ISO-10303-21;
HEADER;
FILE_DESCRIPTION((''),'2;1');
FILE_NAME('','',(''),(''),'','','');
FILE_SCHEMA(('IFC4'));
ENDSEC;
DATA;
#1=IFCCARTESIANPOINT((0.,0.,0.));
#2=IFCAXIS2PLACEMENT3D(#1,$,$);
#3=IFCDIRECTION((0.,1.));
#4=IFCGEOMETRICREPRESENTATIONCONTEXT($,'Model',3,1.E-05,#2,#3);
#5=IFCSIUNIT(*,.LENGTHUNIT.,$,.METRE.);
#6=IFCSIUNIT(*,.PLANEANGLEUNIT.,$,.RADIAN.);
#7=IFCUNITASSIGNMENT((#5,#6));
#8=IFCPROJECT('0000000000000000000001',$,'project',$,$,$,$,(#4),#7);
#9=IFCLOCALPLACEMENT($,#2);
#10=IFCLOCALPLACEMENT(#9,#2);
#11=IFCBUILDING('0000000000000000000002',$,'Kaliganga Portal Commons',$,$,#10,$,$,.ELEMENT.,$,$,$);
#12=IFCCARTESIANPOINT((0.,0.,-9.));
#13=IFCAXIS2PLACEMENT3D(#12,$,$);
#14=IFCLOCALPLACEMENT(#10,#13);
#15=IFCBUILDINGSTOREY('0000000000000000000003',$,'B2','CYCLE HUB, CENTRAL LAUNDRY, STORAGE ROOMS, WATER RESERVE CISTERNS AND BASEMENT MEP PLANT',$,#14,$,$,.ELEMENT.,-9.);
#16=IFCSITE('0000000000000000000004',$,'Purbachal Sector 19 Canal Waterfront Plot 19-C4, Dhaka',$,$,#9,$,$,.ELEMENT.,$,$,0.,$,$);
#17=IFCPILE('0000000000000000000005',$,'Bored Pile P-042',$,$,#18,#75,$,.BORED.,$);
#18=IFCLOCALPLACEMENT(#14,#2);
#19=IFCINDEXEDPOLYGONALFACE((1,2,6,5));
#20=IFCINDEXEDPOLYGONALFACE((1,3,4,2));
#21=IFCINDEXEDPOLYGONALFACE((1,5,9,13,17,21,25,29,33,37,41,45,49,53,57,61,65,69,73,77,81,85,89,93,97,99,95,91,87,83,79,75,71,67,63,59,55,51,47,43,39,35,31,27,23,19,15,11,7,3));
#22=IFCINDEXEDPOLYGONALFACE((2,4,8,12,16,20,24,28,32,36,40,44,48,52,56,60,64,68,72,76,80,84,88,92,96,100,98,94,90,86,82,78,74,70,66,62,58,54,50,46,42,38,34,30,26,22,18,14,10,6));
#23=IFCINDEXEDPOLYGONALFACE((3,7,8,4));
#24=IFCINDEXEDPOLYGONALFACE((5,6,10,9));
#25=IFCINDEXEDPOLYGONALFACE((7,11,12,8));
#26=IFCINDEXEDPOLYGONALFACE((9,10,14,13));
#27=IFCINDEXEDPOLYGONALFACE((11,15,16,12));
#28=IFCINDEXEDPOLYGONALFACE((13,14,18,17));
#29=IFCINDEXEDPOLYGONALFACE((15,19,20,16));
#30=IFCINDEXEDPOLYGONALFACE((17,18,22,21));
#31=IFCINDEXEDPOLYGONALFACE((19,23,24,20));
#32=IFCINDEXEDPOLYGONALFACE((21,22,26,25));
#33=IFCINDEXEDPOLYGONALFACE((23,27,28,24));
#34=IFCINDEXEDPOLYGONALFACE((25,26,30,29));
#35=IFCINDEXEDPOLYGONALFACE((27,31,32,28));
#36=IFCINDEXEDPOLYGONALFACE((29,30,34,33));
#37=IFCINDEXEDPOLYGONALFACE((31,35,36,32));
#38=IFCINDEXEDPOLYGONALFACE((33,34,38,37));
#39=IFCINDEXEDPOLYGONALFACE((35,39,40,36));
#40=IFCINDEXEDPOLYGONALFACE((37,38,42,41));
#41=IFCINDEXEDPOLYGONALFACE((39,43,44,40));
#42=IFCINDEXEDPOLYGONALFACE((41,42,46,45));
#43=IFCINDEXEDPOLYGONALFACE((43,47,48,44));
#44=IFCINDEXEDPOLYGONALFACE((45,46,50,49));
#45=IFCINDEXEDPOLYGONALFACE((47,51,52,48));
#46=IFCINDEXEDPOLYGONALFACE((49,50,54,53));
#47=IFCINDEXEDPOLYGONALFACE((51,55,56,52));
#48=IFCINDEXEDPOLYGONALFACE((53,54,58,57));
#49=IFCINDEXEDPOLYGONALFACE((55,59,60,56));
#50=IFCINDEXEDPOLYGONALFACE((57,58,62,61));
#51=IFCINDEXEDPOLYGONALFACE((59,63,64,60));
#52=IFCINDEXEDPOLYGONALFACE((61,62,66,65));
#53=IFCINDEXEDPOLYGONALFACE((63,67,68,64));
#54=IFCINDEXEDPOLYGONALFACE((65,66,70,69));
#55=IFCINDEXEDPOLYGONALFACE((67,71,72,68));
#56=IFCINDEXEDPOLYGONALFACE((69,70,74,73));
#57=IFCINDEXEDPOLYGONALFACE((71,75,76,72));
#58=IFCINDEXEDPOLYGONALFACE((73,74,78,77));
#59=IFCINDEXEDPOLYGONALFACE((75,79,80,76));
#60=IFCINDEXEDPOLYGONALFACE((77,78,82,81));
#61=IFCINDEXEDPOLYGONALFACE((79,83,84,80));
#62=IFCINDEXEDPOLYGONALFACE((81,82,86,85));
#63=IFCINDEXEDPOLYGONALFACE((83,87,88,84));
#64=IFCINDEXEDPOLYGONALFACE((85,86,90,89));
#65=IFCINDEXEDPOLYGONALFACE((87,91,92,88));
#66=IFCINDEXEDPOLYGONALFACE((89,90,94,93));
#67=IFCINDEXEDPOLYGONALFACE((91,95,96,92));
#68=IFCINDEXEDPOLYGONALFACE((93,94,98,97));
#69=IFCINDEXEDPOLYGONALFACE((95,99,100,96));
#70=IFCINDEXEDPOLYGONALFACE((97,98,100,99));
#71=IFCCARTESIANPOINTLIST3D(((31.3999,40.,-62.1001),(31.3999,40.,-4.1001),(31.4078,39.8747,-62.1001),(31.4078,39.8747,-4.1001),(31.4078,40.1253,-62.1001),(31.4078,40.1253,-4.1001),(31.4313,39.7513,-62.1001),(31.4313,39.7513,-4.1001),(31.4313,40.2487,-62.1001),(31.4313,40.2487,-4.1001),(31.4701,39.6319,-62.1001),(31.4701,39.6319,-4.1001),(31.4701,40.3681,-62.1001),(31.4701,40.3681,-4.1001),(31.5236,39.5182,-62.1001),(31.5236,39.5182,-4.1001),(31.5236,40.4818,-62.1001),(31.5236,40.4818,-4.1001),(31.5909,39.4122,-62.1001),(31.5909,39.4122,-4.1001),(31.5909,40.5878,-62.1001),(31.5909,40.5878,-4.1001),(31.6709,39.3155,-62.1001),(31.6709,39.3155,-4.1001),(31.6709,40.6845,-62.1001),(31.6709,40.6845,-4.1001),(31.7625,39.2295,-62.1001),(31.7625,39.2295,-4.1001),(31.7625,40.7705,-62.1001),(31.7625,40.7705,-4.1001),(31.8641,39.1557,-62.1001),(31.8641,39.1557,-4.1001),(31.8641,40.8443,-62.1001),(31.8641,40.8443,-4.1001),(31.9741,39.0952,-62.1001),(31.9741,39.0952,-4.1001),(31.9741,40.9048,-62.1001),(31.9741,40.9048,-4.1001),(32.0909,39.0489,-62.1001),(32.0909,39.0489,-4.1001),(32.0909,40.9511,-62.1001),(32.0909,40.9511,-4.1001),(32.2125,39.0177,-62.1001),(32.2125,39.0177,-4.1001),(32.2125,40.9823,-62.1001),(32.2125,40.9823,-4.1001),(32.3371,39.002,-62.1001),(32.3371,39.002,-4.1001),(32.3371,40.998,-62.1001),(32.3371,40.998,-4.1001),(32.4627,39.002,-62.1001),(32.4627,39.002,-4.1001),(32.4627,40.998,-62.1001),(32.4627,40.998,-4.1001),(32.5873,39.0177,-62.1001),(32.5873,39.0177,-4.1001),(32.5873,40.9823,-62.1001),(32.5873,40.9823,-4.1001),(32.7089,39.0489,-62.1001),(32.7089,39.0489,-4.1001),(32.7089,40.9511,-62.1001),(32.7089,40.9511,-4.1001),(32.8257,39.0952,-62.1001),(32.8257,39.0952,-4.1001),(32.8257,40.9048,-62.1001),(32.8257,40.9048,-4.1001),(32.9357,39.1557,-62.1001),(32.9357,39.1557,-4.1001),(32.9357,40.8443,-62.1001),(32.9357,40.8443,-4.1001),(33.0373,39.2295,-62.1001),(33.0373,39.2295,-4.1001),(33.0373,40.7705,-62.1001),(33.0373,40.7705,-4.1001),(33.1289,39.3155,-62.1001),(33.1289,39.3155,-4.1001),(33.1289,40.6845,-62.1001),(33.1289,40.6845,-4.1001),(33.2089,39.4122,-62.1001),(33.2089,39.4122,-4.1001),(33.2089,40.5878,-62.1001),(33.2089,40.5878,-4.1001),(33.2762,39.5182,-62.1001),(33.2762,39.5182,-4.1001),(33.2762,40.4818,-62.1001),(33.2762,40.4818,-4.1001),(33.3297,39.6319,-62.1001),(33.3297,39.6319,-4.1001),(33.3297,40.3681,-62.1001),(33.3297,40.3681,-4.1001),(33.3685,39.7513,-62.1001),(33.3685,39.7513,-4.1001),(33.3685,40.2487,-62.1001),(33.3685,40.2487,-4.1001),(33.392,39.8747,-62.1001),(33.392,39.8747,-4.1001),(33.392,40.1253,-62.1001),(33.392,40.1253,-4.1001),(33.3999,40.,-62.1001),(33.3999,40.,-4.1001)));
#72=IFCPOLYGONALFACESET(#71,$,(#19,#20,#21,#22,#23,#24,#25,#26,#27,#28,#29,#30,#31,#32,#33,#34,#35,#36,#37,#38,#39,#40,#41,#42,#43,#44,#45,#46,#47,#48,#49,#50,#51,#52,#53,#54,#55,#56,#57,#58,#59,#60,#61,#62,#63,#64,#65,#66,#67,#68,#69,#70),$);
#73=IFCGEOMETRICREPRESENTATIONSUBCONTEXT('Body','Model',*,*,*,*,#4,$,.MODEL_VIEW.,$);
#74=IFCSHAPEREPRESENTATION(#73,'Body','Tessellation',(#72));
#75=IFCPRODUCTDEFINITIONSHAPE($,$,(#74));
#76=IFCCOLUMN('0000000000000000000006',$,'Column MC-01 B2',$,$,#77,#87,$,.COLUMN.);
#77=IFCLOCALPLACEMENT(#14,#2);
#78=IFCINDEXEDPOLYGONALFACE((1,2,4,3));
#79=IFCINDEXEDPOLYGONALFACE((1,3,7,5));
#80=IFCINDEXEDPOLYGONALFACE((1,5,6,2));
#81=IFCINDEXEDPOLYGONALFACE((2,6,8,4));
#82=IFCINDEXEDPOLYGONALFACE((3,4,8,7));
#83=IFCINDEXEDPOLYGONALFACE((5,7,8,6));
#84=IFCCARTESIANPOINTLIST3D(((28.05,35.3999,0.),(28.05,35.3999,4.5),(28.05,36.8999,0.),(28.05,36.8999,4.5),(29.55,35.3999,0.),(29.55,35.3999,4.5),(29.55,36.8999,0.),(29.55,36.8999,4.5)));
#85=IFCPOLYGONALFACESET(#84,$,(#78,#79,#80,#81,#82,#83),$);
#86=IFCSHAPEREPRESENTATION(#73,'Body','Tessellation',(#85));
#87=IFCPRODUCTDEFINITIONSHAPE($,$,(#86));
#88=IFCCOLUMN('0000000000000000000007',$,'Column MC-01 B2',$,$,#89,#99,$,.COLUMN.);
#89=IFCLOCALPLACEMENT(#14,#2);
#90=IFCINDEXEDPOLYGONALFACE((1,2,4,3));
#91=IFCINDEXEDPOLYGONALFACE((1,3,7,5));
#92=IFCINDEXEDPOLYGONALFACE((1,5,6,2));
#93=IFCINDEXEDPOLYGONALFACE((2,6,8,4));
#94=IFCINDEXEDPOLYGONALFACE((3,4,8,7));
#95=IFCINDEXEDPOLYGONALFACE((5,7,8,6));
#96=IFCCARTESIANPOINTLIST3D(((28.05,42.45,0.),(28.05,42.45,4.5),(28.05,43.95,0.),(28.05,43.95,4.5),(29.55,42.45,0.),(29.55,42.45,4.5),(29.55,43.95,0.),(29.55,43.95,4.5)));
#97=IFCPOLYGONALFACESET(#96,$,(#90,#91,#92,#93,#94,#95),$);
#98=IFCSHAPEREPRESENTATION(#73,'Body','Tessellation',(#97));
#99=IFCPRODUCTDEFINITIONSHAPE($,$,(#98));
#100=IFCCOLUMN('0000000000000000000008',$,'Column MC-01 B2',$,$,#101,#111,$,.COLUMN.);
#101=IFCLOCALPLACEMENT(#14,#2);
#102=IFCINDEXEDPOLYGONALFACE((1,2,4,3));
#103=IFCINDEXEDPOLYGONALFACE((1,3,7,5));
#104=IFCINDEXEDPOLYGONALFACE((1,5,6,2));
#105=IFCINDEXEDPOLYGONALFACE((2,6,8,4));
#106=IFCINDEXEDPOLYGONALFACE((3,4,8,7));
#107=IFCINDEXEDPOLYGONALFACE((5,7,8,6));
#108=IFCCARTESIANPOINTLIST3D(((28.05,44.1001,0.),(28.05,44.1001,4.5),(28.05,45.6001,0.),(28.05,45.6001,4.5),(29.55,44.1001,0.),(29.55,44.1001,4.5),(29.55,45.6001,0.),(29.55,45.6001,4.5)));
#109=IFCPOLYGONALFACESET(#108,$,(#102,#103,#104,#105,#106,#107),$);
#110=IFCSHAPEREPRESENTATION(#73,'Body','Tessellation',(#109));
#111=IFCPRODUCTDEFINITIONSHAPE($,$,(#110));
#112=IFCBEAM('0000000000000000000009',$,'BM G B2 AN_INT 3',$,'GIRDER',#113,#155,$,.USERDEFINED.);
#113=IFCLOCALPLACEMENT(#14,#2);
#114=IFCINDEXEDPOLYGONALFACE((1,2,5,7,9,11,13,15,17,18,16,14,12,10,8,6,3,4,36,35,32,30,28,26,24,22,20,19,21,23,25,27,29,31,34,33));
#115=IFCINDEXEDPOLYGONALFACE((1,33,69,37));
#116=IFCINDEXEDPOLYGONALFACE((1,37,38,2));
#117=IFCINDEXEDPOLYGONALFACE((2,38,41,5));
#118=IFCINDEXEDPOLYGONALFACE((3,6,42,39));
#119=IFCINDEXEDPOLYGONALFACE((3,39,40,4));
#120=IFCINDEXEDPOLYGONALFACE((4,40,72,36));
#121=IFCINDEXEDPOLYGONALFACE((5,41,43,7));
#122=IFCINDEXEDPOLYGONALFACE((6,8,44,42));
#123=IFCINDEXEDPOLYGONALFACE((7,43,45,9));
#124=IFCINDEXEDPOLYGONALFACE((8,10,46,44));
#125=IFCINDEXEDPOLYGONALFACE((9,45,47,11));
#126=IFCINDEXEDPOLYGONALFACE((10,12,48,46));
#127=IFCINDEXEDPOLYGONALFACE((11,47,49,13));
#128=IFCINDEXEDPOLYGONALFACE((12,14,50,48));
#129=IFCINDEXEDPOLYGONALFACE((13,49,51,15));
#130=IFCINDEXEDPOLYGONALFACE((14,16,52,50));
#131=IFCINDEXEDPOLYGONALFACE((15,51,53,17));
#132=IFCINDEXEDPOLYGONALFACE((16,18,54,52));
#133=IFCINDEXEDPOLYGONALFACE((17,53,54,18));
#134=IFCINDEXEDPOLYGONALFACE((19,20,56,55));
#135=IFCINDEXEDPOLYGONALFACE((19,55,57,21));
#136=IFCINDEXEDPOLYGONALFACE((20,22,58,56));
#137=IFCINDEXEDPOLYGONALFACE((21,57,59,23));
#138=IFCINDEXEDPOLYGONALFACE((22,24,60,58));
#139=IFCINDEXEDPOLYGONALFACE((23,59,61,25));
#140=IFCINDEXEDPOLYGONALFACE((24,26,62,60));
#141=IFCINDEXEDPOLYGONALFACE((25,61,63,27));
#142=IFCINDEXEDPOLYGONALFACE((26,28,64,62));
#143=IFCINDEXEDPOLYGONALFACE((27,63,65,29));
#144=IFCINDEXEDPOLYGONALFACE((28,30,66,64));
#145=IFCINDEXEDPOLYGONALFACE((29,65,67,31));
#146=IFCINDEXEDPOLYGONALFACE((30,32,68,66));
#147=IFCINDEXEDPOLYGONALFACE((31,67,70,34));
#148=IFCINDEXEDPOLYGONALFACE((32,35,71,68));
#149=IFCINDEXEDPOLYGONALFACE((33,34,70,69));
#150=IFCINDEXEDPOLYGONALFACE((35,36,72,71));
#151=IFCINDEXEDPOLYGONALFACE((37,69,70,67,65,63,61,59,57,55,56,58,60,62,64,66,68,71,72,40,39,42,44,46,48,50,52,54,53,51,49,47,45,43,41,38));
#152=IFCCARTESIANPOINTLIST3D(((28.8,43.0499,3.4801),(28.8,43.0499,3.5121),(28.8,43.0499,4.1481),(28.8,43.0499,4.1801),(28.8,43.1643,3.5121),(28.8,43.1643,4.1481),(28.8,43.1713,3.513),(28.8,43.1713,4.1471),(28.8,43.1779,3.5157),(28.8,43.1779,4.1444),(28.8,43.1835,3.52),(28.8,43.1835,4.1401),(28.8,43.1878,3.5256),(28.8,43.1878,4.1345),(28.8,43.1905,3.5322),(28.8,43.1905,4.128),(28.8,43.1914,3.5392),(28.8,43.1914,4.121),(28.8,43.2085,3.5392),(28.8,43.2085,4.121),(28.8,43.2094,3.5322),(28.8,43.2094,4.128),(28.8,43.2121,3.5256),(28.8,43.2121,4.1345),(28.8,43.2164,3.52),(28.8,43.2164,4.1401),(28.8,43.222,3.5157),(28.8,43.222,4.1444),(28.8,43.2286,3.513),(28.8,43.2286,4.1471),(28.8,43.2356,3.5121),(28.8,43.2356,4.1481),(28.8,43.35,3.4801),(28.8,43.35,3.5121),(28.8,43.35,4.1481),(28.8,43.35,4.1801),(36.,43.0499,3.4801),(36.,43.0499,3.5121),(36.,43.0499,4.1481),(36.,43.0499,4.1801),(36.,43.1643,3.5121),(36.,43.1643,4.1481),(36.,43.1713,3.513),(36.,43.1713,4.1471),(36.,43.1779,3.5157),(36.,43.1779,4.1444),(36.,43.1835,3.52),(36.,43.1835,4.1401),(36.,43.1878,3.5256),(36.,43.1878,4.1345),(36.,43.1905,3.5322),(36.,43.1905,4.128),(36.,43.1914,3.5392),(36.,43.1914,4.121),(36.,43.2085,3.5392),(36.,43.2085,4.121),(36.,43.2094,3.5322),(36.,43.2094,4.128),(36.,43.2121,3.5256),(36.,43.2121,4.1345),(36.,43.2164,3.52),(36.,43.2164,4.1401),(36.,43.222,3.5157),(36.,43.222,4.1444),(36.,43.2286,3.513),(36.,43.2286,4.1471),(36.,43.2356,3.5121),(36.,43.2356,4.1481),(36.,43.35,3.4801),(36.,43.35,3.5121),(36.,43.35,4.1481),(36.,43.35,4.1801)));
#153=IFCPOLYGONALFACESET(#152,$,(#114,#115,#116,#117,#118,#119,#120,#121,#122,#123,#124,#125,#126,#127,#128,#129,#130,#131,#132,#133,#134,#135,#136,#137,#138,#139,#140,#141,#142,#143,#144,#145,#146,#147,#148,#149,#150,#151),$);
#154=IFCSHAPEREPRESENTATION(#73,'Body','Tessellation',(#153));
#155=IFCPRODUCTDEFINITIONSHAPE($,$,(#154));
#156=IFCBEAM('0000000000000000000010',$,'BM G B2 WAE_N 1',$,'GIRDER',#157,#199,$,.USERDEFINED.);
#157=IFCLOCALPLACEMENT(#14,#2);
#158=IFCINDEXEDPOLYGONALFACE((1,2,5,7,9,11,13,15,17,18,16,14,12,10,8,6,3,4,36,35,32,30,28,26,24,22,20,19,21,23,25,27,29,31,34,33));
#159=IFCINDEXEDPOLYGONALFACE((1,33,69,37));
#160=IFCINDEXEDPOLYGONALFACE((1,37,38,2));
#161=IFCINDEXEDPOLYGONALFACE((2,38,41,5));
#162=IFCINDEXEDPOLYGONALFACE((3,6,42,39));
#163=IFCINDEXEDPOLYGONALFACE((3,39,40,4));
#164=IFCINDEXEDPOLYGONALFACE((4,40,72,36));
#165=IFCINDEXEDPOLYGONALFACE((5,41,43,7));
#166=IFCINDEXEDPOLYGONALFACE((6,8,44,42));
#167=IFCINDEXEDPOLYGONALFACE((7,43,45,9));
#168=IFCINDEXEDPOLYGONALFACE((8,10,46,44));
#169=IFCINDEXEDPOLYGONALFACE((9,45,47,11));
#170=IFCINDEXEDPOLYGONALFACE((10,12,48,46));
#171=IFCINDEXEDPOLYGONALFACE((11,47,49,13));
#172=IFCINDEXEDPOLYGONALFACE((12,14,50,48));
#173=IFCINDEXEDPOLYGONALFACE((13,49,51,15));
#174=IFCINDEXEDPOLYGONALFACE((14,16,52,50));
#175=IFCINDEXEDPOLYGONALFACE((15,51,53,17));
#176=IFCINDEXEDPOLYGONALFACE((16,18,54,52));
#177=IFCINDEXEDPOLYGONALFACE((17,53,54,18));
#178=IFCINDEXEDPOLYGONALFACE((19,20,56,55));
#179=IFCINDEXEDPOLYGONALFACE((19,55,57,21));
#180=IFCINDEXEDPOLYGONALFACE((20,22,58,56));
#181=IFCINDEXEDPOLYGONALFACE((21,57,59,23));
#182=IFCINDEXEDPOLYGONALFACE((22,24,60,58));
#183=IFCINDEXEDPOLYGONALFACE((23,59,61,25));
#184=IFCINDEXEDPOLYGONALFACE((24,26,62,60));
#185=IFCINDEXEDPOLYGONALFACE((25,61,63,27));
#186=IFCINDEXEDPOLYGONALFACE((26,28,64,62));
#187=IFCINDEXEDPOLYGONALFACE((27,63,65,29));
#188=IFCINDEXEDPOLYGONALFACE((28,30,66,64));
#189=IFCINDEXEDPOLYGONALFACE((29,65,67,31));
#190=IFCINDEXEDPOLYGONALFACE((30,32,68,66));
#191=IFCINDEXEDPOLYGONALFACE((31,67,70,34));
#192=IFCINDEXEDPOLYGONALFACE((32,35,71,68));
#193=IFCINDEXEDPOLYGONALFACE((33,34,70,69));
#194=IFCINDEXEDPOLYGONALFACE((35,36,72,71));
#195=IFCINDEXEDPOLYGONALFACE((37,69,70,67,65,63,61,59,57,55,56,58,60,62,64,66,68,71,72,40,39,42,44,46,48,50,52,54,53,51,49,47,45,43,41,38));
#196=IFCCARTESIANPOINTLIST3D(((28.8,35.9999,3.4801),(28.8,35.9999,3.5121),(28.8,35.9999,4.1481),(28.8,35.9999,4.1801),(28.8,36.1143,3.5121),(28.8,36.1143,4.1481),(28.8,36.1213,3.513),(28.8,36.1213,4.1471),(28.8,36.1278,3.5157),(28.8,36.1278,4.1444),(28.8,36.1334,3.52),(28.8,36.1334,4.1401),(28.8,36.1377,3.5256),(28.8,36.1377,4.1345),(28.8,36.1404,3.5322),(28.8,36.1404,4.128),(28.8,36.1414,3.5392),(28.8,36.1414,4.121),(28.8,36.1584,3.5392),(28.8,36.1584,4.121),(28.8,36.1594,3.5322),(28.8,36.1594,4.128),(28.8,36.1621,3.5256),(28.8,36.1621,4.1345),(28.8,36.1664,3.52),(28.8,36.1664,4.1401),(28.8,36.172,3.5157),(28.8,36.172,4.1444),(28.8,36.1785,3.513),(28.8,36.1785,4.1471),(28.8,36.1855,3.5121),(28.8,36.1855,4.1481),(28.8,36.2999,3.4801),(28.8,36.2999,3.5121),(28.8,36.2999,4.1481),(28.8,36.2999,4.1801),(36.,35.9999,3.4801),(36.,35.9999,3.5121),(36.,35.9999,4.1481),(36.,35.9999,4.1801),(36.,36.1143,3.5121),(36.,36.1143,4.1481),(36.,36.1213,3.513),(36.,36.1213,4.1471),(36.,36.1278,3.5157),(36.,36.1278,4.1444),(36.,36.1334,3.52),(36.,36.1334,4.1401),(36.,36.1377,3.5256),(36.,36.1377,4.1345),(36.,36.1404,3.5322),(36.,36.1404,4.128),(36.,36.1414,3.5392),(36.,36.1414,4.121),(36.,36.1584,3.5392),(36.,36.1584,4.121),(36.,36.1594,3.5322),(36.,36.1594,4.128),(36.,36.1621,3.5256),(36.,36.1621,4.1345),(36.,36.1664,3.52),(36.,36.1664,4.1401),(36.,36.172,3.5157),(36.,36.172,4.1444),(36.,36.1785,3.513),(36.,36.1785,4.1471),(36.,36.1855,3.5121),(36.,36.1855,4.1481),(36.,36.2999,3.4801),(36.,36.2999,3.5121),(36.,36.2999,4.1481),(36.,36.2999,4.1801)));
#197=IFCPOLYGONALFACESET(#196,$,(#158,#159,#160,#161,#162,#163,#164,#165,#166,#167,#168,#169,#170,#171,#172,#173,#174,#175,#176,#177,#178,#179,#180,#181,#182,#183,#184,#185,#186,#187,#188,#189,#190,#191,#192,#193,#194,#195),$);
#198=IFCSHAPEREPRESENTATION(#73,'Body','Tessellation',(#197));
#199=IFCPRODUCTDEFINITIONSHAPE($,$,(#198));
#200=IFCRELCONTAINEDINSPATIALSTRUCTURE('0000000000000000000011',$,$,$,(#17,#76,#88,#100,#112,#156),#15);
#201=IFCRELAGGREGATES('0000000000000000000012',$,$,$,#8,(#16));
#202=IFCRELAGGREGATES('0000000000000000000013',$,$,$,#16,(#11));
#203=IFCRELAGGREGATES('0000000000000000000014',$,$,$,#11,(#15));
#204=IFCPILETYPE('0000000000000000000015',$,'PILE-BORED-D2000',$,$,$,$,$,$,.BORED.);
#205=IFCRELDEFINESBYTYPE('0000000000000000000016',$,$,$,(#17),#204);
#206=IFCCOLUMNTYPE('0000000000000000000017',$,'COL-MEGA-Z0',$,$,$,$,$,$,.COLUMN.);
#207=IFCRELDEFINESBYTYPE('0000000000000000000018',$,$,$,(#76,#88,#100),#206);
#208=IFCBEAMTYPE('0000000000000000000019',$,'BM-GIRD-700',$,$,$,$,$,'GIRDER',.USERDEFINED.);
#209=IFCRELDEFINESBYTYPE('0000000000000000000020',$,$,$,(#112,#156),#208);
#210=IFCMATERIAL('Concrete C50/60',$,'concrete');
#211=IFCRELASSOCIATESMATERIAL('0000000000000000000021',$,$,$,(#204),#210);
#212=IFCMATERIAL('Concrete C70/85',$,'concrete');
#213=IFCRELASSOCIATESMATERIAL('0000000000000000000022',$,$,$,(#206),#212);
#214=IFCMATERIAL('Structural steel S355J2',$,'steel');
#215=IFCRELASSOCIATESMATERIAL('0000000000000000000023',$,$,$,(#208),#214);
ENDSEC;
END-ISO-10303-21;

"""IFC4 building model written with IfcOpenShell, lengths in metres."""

from ifc_helpers import new_model, si_unit, direction, frame, origin, origin_2d, place, context, subcontext, project, spatial, rectangle, circle, i_section, extrude, source, transform, mapped, material, material_profile, profile_set, type_object, element, save


model = new_model("IFC4")

# Units and contexts
model_context = context("Model", 3, precision=1e-05, world=origin(), true_north=direction((0.0, 1.0)))
body_context = subcontext(model_context, "Body", "Model", "MODEL_VIEW")
ifc_project = project(units=[si_unit("LENGTHUNIT", "METRE"), si_unit("PLANEANGLEUNIT", "RADIAN")], contexts=[model_context])

# Site, building, storey
site_placement = place(None, origin())
site = spatial("IfcSite", under=ifc_project, at=site_placement, Name="Purbachal Sector 19 Canal Waterfront Plot 19-C4, Dhaka", CompositionType="ELEMENT", RefElevation=0.0)
building_placement = place(site_placement, origin())
building = spatial("IfcBuilding", under=site, at=building_placement, Name="Kaliganga Portal Commons", CompositionType="ELEMENT")
storey_placement = place(building_placement, frame((0.0, 0.0, -9.0)))
storey = spatial("IfcBuildingStorey", under=building, at=storey_placement, Name="B2", Description="CYCLE HUB, CENTRAL LAUNDRY, STORAGE ROOMS, WATER RESERVE CISTERNS AND BASEMENT MEP PLANT", CompositionType="ELEMENT", Elevation=-9.0)

# Pile
ifc_material_1 = material(Name="Concrete C50/60", Category="concrete")
ifc_material_profile_1 = material_profile(ifc_material_1, circle(Radius=1.0, at=origin_2d()), Name="PILE D2000")
ifc_profile_set_1 = profile_set([ifc_material_profile_1], Name="Concrete C50/60")
pile_type = type_object("IfcPileType", Name="PILE-BORED-D2000", PredefinedType="BORED", material=ifc_profile_set_1)
for number, where, z_axis, x_axis, name in (
    (1, (32.3999, 40.0, -4.1001), (0.0, 0.0, -1.0), (1.0, 0.0, 0.0), "Bored Pile P-042"),
):
    element("IfcPile", number, at=place(storey_placement, frame(where, z_axis=z_axis, x_axis=x_axis)), inside=storey, type_object=pile_type, Name=name, PredefinedType="BORED", context=body_context, shape_type="SweptSolid", body=[
        extrude(circle(Radius=1.0, at=origin_2d()), origin(), (0.0, 0.0, 1.0), 58.0),
    ])

# Columns
ifc_material_2 = material(Name="Concrete C70/85", Category="concrete")
ifc_material_profile_2 = material_profile(ifc_material_2, rectangle(XDim=1.5, YDim=1.5, at=origin_2d()), Name="RC 1500x1500")
ifc_profile_set_2 = profile_set([ifc_material_profile_2], Name="Concrete C70/85")
column_type = type_object("IfcColumnType", Name="COL-MEGA-Z0", PredefinedType="COLUMN", material=ifc_profile_set_2)
shared_shape_1 = source(origin(), body_context, "Body", "SweptSolid", [
    extrude(rectangle(XDim=1.5, YDim=1.5, at=origin_2d()), origin(), (0.0, 0.0, 1.0), 4.5),
])
for number, where, z_axis, x_axis, name in (
    (2, (28.8, 36.1499, 0.0), (0.0, 0.0, 1.0), (1.0, 0.0, 0.0), "Column MC-01 B2"),
    (3, (28.8, 43.2, 0.0), (0.0, 0.0, 1.0), (1.0, 0.0, 0.0), "Column MC-01 B2"),
    (4, (28.8, 44.8501, 0.0), (0.0, 0.0, 1.0), (1.0, 0.0, 0.0), "Column MC-01 B2"),
):
    element("IfcColumn", number, at=place(storey_placement, frame(where, z_axis=z_axis, x_axis=x_axis)), inside=storey, type_object=column_type, Name=name, PredefinedType="COLUMN", context=body_context, shape_type="MappedRepresentation", body=[
        mapped(shared_shape_1, transform((0.0, 0.0, 0.0), x_axis=(1.0, 0.0, 0.0), y_axis=(0.0, 1.0, 0.0), z_axis=(0.0, 0.0, 1.0), scale=1.0)),
    ])

# Beams
ifc_material_3 = material(Name="Structural steel S355J2", Category="steel")
ifc_material_profile_3 = material_profile(ifc_material_3, i_section(OverallWidth=0.3, OverallDepth=0.7, WebThickness=0.0171, FlangeThickness=0.032, FilletRadius=0.0271, at=origin_2d()), Name="HE 700 B")
ifc_profile_set_3 = profile_set([ifc_material_profile_3], Name="Structural steel S355J2 wide-flange")
beam_type_1 = type_object("IfcBeamType", Name="BM-GIRD-700", ElementType="GIRDER", PredefinedType="USERDEFINED", material=ifc_profile_set_3)
shared_shape_2 = source(origin(), body_context, "Body", "SweptSolid", [
    extrude(i_section(OverallWidth=0.3, OverallDepth=0.7, WebThickness=0.0171, FlangeThickness=0.032, FilletRadius=0.0271, at=origin_2d()), origin(), (0.0, 0.0, 1.0), 7.2),
])
for number, where, z_axis, x_axis, name in (
    (5, (28.8, 43.2, 3.8301), (1.0, 0.0, 0.0), (0.0, 1.0, 0.0), "BM G B2 AN_INT 3"),
    (6, (28.8, 36.1499, 3.8301), (1.0, 0.0, 0.0), (0.0, 1.0, 0.0), "BM G B2 WAE_N 1"),
):
    element("IfcBeam", number, at=place(storey_placement, frame(where, z_axis=z_axis, x_axis=x_axis)), inside=storey, type_object=beam_type_1, Name=name, ObjectType="GIRDER", PredefinedType="USERDEFINED", context=body_context, shape_type="MappedRepresentation", body=[
        mapped(shared_shape_2, transform((0.0, 0.0, 0.0), x_axis=(1.0, 0.0, 0.0), y_axis=(0.0, 1.0, 0.0), z_axis=(0.0, 0.0, 1.0), scale=1.0)),
    ])

save(model, "model.ifc")
